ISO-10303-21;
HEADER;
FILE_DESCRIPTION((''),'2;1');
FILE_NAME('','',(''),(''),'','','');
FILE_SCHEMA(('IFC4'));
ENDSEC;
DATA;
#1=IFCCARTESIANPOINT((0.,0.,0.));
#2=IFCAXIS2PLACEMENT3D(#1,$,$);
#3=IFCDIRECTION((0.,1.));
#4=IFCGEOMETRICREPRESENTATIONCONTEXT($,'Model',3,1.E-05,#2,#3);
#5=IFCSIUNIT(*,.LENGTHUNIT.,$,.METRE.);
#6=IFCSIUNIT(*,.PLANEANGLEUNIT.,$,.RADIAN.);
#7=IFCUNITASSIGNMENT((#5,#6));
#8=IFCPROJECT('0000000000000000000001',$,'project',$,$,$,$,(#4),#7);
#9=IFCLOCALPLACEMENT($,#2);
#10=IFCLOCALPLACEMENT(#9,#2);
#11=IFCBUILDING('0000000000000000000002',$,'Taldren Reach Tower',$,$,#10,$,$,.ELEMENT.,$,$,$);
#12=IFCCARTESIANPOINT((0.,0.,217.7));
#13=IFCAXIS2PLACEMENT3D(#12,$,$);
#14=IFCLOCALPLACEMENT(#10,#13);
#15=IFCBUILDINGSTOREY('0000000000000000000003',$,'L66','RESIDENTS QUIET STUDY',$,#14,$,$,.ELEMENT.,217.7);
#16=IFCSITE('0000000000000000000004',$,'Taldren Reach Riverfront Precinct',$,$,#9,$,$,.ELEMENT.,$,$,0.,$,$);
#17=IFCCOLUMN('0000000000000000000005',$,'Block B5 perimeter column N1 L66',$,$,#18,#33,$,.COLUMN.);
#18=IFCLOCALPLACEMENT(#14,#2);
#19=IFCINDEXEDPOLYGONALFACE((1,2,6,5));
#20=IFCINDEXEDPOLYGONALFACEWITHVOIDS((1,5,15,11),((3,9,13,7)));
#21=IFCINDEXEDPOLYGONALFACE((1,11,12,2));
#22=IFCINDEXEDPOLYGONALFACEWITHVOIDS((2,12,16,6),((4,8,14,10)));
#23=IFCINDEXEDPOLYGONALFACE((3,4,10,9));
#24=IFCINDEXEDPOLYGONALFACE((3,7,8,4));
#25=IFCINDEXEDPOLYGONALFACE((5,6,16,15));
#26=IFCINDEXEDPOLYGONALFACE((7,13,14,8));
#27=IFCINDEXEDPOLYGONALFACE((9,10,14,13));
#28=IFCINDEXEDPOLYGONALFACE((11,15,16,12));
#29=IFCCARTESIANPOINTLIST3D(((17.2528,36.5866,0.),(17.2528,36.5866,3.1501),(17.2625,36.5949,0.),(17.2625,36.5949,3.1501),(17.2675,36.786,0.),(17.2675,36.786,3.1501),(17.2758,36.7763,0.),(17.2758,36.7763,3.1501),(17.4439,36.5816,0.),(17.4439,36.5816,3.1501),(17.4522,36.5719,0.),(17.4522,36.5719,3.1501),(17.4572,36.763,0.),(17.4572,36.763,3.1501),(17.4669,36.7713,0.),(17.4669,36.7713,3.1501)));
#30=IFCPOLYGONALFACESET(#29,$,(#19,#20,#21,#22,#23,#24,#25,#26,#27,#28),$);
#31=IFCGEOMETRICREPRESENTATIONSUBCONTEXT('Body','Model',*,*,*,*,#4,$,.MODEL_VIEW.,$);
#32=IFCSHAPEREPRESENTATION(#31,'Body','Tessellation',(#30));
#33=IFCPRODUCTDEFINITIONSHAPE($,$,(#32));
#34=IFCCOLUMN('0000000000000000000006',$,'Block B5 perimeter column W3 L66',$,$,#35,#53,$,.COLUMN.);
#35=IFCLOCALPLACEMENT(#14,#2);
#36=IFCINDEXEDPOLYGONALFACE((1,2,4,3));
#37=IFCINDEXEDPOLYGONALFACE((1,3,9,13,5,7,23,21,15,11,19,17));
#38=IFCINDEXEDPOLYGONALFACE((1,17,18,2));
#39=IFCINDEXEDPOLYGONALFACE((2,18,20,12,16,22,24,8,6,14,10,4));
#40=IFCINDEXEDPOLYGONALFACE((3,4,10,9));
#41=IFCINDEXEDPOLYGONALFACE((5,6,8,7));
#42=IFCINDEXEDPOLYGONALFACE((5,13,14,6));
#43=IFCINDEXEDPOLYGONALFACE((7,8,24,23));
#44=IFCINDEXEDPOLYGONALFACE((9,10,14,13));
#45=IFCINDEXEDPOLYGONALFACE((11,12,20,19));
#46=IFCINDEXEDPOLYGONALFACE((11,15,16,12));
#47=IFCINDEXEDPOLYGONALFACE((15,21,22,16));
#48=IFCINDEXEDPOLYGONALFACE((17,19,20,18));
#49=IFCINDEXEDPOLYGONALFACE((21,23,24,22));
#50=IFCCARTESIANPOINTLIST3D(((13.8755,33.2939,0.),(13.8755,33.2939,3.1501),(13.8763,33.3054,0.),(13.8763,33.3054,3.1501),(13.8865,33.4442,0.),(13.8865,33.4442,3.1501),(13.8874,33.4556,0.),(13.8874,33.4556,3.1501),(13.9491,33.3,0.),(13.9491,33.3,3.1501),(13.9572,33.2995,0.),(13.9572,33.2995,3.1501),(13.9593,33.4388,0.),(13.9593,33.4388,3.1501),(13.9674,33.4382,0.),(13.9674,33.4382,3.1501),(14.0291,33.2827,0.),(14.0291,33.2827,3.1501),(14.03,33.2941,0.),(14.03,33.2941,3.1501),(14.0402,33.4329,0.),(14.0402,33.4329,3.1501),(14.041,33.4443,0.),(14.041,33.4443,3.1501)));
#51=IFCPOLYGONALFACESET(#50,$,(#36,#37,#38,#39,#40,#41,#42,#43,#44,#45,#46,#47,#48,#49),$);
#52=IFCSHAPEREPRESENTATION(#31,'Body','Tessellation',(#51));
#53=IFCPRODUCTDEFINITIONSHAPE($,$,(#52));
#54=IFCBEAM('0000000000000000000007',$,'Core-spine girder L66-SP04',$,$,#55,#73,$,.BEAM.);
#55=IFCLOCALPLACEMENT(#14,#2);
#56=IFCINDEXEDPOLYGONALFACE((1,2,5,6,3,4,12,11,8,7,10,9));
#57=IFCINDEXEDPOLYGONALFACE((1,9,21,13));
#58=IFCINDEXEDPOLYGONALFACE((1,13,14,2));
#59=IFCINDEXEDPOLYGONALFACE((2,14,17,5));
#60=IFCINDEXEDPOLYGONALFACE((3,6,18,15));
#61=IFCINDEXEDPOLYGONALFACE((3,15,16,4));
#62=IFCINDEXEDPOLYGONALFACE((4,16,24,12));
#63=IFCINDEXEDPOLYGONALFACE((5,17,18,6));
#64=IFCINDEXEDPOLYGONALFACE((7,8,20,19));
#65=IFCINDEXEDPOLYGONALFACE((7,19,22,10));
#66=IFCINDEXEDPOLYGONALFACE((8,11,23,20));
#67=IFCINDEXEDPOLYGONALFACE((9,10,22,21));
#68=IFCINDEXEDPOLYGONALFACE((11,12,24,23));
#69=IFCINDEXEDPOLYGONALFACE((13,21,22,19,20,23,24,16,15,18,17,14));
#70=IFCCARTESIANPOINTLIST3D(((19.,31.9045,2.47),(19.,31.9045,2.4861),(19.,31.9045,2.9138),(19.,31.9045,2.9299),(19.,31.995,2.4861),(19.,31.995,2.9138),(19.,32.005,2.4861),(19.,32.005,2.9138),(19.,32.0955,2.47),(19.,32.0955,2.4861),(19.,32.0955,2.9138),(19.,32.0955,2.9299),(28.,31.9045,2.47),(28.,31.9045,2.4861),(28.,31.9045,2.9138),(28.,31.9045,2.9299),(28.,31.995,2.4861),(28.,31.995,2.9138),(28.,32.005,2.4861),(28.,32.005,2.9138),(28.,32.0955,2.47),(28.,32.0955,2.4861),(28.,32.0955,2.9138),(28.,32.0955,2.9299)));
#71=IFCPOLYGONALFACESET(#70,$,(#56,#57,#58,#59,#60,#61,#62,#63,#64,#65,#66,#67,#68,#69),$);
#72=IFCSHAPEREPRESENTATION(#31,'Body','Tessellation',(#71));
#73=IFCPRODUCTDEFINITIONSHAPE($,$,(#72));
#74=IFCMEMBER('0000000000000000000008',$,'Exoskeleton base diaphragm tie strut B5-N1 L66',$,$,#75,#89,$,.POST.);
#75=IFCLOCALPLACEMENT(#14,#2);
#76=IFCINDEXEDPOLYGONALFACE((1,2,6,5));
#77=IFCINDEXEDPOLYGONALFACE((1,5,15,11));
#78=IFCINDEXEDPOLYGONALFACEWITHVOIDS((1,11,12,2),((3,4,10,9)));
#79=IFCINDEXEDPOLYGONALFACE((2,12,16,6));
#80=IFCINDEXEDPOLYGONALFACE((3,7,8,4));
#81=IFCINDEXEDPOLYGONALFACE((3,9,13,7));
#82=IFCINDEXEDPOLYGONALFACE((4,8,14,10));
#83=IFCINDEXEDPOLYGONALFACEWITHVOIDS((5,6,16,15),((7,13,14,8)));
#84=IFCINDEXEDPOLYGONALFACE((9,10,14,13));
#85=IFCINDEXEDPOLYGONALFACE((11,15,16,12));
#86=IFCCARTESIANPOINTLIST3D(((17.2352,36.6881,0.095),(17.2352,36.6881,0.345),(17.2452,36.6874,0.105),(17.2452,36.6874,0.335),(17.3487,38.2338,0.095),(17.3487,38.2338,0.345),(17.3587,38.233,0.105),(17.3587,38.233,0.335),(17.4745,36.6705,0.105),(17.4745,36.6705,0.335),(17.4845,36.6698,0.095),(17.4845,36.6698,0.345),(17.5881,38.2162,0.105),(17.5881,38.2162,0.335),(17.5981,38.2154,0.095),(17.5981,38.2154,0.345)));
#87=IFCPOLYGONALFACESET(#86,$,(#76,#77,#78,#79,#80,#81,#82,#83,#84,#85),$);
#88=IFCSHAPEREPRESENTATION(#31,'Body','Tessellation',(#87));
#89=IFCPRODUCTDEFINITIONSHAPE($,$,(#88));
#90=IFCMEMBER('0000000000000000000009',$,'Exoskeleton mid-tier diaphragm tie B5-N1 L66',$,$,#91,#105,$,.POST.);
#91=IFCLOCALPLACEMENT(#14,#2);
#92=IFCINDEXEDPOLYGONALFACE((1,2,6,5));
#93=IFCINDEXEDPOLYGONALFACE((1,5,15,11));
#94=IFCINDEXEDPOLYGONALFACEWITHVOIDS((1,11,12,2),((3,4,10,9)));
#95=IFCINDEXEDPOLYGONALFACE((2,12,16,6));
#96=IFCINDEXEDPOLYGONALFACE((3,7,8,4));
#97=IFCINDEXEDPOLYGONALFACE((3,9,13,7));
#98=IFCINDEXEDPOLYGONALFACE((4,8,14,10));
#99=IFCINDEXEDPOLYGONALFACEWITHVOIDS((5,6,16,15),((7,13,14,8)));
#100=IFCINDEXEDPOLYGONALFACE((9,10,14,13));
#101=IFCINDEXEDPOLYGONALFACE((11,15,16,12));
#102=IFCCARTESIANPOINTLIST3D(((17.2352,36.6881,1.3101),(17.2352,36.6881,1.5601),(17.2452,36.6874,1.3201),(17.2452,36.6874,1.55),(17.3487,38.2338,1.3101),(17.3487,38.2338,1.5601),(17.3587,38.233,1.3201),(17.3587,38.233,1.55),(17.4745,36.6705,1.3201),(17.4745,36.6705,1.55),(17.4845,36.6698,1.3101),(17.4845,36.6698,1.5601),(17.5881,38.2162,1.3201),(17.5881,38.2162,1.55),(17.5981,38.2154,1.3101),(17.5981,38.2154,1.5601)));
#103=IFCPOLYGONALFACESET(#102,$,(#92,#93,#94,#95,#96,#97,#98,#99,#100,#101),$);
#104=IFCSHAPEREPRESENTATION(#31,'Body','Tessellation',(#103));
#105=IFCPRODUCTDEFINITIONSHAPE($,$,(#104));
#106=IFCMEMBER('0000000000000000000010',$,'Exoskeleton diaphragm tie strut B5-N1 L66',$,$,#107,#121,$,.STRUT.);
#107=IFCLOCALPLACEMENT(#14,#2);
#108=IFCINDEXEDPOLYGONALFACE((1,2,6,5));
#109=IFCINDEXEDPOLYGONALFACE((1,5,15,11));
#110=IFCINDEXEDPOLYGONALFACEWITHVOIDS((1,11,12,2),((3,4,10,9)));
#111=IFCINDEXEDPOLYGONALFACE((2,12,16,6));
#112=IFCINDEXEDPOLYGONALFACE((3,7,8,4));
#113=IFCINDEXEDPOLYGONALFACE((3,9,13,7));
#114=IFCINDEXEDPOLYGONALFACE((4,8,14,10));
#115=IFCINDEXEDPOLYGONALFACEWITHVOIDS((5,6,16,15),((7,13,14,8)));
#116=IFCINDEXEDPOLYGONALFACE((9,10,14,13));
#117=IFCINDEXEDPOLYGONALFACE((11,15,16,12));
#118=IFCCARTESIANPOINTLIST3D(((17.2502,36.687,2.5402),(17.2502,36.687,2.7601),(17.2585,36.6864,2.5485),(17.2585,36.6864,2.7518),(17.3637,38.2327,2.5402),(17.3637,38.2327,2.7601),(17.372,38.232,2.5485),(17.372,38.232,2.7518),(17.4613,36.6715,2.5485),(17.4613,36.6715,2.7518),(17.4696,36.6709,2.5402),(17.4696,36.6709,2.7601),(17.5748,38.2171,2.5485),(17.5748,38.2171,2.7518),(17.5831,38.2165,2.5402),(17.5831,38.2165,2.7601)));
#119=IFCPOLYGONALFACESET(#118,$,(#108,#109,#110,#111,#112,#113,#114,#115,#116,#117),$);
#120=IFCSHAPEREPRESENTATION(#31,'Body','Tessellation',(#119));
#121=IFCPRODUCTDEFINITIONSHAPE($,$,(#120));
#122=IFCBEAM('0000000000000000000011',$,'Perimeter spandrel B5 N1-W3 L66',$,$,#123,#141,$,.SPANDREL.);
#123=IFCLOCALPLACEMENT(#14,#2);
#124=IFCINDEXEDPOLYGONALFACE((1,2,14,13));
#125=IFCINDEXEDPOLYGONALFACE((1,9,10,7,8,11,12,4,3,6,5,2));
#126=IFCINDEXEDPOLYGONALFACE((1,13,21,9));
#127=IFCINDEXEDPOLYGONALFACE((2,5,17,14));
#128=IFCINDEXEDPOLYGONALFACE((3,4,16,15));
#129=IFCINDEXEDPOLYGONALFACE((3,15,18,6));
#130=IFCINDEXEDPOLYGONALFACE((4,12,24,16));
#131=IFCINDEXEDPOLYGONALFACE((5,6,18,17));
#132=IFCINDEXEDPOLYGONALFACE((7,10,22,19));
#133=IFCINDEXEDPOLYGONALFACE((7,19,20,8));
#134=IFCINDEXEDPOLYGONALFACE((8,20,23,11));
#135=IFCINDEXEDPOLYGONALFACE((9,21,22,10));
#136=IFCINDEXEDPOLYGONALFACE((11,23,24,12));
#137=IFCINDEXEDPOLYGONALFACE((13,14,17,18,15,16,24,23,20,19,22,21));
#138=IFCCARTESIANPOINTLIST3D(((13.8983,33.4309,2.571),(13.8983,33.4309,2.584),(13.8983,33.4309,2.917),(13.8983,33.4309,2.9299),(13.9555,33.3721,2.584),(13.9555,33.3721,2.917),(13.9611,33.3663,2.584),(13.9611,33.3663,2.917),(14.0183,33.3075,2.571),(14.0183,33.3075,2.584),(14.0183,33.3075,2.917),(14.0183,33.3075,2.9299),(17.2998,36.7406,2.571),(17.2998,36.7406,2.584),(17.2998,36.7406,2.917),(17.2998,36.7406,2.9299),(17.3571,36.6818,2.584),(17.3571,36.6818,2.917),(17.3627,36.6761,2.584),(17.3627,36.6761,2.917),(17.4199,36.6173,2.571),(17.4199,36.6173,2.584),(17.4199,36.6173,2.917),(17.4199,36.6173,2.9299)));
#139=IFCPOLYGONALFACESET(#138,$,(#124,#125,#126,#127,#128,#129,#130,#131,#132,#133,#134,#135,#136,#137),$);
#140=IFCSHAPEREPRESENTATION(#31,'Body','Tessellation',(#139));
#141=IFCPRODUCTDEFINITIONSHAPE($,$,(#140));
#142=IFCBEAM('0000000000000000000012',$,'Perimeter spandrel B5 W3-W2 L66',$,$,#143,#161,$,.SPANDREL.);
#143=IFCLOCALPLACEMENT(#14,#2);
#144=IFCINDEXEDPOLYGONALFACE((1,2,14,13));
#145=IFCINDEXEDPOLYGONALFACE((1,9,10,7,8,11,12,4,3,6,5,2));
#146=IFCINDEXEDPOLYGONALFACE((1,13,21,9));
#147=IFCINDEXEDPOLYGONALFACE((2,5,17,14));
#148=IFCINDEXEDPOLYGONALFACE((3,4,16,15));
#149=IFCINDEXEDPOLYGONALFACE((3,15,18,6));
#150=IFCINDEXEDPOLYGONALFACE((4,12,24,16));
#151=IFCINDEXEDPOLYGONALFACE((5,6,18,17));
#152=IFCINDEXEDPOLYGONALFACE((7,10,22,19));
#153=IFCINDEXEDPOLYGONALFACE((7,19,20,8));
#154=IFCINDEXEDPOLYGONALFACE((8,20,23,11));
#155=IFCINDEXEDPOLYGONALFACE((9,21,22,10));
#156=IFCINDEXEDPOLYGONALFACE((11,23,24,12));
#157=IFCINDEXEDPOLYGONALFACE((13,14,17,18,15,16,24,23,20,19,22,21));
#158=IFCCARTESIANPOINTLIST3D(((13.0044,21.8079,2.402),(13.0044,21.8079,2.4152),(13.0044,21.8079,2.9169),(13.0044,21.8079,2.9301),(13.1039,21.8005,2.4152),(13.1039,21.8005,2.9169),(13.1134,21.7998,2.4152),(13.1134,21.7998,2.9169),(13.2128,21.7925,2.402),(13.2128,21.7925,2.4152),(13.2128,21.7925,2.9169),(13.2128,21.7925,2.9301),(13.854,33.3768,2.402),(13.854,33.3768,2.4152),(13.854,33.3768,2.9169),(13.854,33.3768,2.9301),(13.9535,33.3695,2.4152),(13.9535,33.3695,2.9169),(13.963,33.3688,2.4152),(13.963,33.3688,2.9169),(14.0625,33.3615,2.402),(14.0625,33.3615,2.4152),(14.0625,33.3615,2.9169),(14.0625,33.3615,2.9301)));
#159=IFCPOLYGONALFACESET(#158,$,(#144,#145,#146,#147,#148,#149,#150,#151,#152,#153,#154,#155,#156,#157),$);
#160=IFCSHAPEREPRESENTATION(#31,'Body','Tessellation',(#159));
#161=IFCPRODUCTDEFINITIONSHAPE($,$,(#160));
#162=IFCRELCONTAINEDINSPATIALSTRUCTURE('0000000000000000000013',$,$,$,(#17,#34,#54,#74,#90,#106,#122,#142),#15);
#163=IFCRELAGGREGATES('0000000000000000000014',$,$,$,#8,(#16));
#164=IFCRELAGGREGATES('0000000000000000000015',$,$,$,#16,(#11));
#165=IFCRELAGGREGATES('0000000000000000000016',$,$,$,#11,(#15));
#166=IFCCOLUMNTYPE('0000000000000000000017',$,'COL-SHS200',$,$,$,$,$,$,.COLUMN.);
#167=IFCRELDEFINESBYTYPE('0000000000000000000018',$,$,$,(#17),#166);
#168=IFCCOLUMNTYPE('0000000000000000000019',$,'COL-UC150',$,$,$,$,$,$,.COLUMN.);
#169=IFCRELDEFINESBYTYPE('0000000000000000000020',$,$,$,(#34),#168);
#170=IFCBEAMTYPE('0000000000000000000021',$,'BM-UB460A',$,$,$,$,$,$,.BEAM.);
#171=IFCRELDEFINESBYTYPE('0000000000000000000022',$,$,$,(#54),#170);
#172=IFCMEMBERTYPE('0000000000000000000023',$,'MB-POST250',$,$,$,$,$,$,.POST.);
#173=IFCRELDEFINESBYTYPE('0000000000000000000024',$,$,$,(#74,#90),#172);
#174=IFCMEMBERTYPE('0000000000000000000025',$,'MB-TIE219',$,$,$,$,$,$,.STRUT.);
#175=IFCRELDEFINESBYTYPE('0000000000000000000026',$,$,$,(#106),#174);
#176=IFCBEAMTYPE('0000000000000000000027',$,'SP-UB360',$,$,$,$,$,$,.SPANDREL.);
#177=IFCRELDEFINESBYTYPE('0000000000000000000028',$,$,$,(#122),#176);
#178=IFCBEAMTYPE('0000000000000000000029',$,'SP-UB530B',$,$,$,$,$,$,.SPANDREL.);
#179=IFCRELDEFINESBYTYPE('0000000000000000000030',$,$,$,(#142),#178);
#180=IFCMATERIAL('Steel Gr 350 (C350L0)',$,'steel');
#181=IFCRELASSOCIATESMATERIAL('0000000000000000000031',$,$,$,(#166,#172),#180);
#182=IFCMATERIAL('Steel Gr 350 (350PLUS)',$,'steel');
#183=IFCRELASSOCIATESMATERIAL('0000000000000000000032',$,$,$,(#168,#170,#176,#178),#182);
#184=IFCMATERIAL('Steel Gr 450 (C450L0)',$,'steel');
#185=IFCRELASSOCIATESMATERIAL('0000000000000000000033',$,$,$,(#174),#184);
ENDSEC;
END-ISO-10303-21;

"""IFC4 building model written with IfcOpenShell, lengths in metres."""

from ifc_helpers import new_model, si_unit, direction, frame, origin, origin_2d, place, context, subcontext, project, spatial, hollow_rectangle, i_section, extrude, source, transform, mapped, material, material_profile, profile_set, type_object, element, save


model = new_model("IFC4")

# Units and contexts
model_context = context("Model", 3, precision=1e-05, world=origin(), true_north=direction((0.0, 1.0)))
body_context = subcontext(model_context, "Body", "Model", "MODEL_VIEW")
ifc_project = project(units=[si_unit("LENGTHUNIT", "METRE"), si_unit("PLANEANGLEUNIT", "RADIAN")], contexts=[model_context])

# Site, building, storey
site_placement = place(None, origin())
site = spatial("IfcSite", under=ifc_project, at=site_placement, Name="Taldren Reach Riverfront Precinct", CompositionType="ELEMENT", RefElevation=0.0)
building_placement = place(site_placement, origin())
building = spatial("IfcBuilding", under=site, at=building_placement, Name="Taldren Reach Tower", CompositionType="ELEMENT")
storey_placement = place(building_placement, frame((0.0, 0.0, 217.7)))
storey = spatial("IfcBuildingStorey", under=building, at=storey_placement, Name="L66", Description="RESIDENTS QUIET STUDY", CompositionType="ELEMENT", Elevation=217.7)

# Columns
ifc_material_1 = material(Name="Steel Gr 350 (C350L0)", Category="steel")
ifc_material_profile_1 = material_profile(ifc_material_1, hollow_rectangle(XDim=0.2, YDim=0.2, WallThickness=0.009, at=origin_2d()), Name="200x200x9.0SHS")
ifc_profile_set_1 = profile_set([ifc_material_profile_1], Name="Steel Gr 350 (C350L0)")
column_type_1 = type_object("IfcColumnType", Name="COL-SHS200", PredefinedType="COLUMN", material=ifc_profile_set_1)
shared_shape_1 = source(origin(), body_context, "Body", "SweptSolid", [
    extrude(hollow_rectangle(XDim=0.2, YDim=0.2, WallThickness=0.009, at=origin_2d()), origin(), (0.0, 0.0, 1.0), 3.1501),
])
column_1_placement = place(storey_placement, frame((17.3599, 36.679, 0.0), z_axis=(0.0, 0.0, 1.0), x_axis=(0.997314, -0.073238, 0.0)))
element("IfcColumn", 1, at=column_1_placement, inside=storey, type_object=column_type_1, Name="Block B5 perimeter column N1 L66", PredefinedType="COLUMN", context=body_context, shape_type="MappedRepresentation", body=[
    mapped(shared_shape_1, transform((0.0, 0.0, 0.0), scale=1.0)),
])
ifc_material_2 = material(Name="Steel Gr 350 (350PLUS)", Category="steel")
ifc_material_profile_2 = material_profile(ifc_material_2, i_section(OverallWidth=0.1541, OverallDepth=0.1621, WebThickness=0.0081, FlangeThickness=0.0115, at=origin_2d()), Name="150UC37.2")
ifc_profile_set_2 = profile_set([ifc_material_profile_2], Name="Steel Gr 350 (350PLUS)")
column_type_2 = type_object("IfcColumnType", Name="COL-UC150", PredefinedType="COLUMN", material=ifc_profile_set_2)
shared_shape_2 = source(origin(), body_context, "Body", "SweptSolid", [
    extrude(i_section(OverallWidth=0.1541, OverallDepth=0.1621, WebThickness=0.0081, FlangeThickness=0.0115, at=origin_2d()), origin(), (0.0, 0.0, 1.0), 3.1501),
])
column_2_placement = place(storey_placement, frame((13.9583, 33.3691, 0.0), z_axis=(0.0, 0.0, 1.0), x_axis=(0.997314, -0.073238, 0.0)))
element("IfcColumn", 2, at=column_2_placement, inside=storey, type_object=column_type_2, Name="Block B5 perimeter column W3 L66", PredefinedType="COLUMN", context=body_context, shape_type="MappedRepresentation", body=[
    mapped(shared_shape_2, transform((0.0, 0.0, 0.0), scale=1.0)),
])

# Beam
ifc_material_profile_3 = material_profile(ifc_material_2, i_section(OverallWidth=0.1909, OverallDepth=0.46, WebThickness=0.01, FlangeThickness=0.0161, at=origin_2d()), Name="460UB82.1")
ifc_profile_set_3 = profile_set([ifc_material_profile_3], Name="Steel Gr 350 (350PLUS)")
beam_type_1 = type_object("IfcBeamType", Name="BM-UB460A", PredefinedType="BEAM", material=ifc_profile_set_3)
shared_shape_3 = source(origin(), body_context, "Body", "SweptSolid", [
    extrude(i_section(OverallWidth=0.1909, OverallDepth=0.46, WebThickness=0.01, FlangeThickness=0.0161, at=origin_2d()), origin(), (0.0, 0.0, 1.0), 9.0),
])
beam_1_placement = place(storey_placement, frame((19.0, 32.0, 2.7), z_axis=(1.0, 0.0, 0.0), x_axis=(0.0, 1.0, 0.0)))
element("IfcBeam", 3, at=beam_1_placement, inside=storey, type_object=beam_type_1, Name="Core-spine girder L66-SP04", PredefinedType="BEAM", context=body_context, shape_type="MappedRepresentation", body=[
    mapped(shared_shape_3, transform((0.0, 0.0, 0.0), scale=1.0)),
])

# Members
ifc_material_profile_4 = material_profile(ifc_material_1, hollow_rectangle(XDim=0.25, YDim=0.25, WallThickness=0.01, at=origin_2d()), Name="250x250x10.0SHS")
ifc_profile_set_4 = profile_set([ifc_material_profile_4], Name="Steel Gr 350 (C350L0)")
member_type_1 = type_object("IfcMemberType", Name="MB-POST250", PredefinedType="POST", material=ifc_profile_set_4)
shared_shape_4 = source(origin(), body_context, "Body", "SweptSolid", [
    extrude(hollow_rectangle(XDim=0.25, YDim=0.25, WallThickness=0.01, at=origin_2d()), origin(), (0.0, 0.0, 1.0), 1.5498),
])
for number, where, z_axis, x_axis, name in (
    (4, (17.3599, 36.679, 0.22), (0.073251, 0.997314, 0.0), (-0.997314, 0.073251, 0.0), "Exoskeleton base diaphragm tie strut B5-N1 L66"),
    (5, (17.3599, 36.679, 1.4351), (0.073251, 0.997314, 0.0), (-0.997314, 0.073251, 0.0), "Exoskeleton mid-tier diaphragm tie B5-N1 L66"),
):
    element("IfcMember", number, at=place(storey_placement, frame(where, z_axis=z_axis, x_axis=x_axis)), inside=storey, type_object=member_type_1, Name=name, PredefinedType="POST", context=body_context, shape_type="MappedRepresentation", body=[
        mapped(shared_shape_4, transform((0.0, 0.0, 0.0), scale=1.0)),
    ])
ifc_material_3 = material(Name="Steel Gr 450 (C450L0)", Category="steel")
ifc_material_profile_5 = material_profile(ifc_material_3, hollow_rectangle(XDim=0.22, YDim=0.22, WallThickness=0.0083, at=origin_2d()), Name="220x220x8.2SHS")
ifc_profile_set_5 = profile_set([ifc_material_profile_5], Name="Steel Gr 450 (C450L0)")
member_type_2 = type_object("IfcMemberType", Name="MB-TIE219", PredefinedType="STRUT", material=ifc_profile_set_5)
shared_shape_5 = source(origin(), body_context, "Body", "SweptSolid", [
    extrude(hollow_rectangle(XDim=0.22, YDim=0.22, WallThickness=0.0083, at=origin_2d()), origin(), (0.0, 0.0, 1.0), 1.5498),
])
member_1_placement = place(storey_placement, frame((17.3599, 36.679, 2.6501), z_axis=(0.073251, 0.997314, 0.0), x_axis=(-0.997314, 0.073251, 0.0)))
element("IfcMember", 6, at=member_1_placement, inside=storey, type_object=member_type_2, Name="Exoskeleton diaphragm tie strut B5-N1 L66", PredefinedType="STRUT", context=body_context, shape_type="MappedRepresentation", body=[
    mapped(shared_shape_5, transform((0.0, 0.0, 0.0), scale=1.0)),
])

# Beams
ifc_material_profile_6 = material_profile(ifc_material_2, i_section(OverallWidth=0.1721, OverallDepth=0.3589, WebThickness=0.0081, FlangeThickness=0.0129, at=origin_2d()), Name="360UB56.7")
ifc_profile_set_6 = profile_set([ifc_material_profile_6], Name="Steel Gr 350 (350PLUS)")
beam_type_2 = type_object("IfcBeamType", Name="SP-UB360", PredefinedType="SPANDREL", material=ifc_profile_set_6)
shared_shape_6 = source(origin(), body_context, "Body", "SweptSolid", [
    extrude(i_section(OverallWidth=0.1721, OverallDepth=0.3589, WebThickness=0.0081, FlangeThickness=0.0129, at=origin_2d()), origin(), (0.0, 0.0, 1.0), 4.7461),
])
beam_2_placement = place(storey_placement, frame((17.3599, 36.679, 2.7505), z_axis=(-0.716711, -0.69737, 0.0), x_axis=(0.69737, -0.716711, 0.0)))
element("IfcBeam", 7, at=beam_2_placement, inside=storey, type_object=beam_type_2, Name="Perimeter spandrel B5 N1-W3 L66", PredefinedType="SPANDREL", context=body_context, shape_type="MappedRepresentation", body=[
    mapped(shared_shape_6, transform((0.0, 0.0, 0.0), scale=1.0)),
])
ifc_material_profile_7 = material_profile(ifc_material_2, i_section(OverallWidth=0.209, OverallDepth=0.5281, WebThickness=0.0095, FlangeThickness=0.0132, at=origin_2d()), Name="530UB82.0")
ifc_profile_set_7 = profile_set([ifc_material_profile_7], Name="Steel Gr 350 (350PLUS)")
beam_type_3 = type_object("IfcBeamType", Name="SP-UB530B", PredefinedType="SPANDREL", material=ifc_profile_set_7)
shared_shape_7 = source(origin(), body_context, "Body", "SweptSolid", [
    extrude(i_section(OverallWidth=0.209, OverallDepth=0.5281, WebThickness=0.0095, FlangeThickness=0.0132, at=origin_2d()), origin(), (0.0, 0.0, 1.0), 11.6001),
])
beam_3_placement = place(storey_placement, frame((13.9583, 33.3691, 2.666), z_axis=(-0.073242, -0.997314, 0.0), x_axis=(0.997314, -0.073242, 0.0)))
element("IfcBeam", 8, at=beam_3_placement, inside=storey, type_object=beam_type_3, Name="Perimeter spandrel B5 W3-W2 L66", PredefinedType="SPANDREL", context=body_context, shape_type="MappedRepresentation", body=[
    mapped(shared_shape_7, transform((0.0, 0.0, 0.0), scale=1.0)),
])

save(model, "model.ifc")
